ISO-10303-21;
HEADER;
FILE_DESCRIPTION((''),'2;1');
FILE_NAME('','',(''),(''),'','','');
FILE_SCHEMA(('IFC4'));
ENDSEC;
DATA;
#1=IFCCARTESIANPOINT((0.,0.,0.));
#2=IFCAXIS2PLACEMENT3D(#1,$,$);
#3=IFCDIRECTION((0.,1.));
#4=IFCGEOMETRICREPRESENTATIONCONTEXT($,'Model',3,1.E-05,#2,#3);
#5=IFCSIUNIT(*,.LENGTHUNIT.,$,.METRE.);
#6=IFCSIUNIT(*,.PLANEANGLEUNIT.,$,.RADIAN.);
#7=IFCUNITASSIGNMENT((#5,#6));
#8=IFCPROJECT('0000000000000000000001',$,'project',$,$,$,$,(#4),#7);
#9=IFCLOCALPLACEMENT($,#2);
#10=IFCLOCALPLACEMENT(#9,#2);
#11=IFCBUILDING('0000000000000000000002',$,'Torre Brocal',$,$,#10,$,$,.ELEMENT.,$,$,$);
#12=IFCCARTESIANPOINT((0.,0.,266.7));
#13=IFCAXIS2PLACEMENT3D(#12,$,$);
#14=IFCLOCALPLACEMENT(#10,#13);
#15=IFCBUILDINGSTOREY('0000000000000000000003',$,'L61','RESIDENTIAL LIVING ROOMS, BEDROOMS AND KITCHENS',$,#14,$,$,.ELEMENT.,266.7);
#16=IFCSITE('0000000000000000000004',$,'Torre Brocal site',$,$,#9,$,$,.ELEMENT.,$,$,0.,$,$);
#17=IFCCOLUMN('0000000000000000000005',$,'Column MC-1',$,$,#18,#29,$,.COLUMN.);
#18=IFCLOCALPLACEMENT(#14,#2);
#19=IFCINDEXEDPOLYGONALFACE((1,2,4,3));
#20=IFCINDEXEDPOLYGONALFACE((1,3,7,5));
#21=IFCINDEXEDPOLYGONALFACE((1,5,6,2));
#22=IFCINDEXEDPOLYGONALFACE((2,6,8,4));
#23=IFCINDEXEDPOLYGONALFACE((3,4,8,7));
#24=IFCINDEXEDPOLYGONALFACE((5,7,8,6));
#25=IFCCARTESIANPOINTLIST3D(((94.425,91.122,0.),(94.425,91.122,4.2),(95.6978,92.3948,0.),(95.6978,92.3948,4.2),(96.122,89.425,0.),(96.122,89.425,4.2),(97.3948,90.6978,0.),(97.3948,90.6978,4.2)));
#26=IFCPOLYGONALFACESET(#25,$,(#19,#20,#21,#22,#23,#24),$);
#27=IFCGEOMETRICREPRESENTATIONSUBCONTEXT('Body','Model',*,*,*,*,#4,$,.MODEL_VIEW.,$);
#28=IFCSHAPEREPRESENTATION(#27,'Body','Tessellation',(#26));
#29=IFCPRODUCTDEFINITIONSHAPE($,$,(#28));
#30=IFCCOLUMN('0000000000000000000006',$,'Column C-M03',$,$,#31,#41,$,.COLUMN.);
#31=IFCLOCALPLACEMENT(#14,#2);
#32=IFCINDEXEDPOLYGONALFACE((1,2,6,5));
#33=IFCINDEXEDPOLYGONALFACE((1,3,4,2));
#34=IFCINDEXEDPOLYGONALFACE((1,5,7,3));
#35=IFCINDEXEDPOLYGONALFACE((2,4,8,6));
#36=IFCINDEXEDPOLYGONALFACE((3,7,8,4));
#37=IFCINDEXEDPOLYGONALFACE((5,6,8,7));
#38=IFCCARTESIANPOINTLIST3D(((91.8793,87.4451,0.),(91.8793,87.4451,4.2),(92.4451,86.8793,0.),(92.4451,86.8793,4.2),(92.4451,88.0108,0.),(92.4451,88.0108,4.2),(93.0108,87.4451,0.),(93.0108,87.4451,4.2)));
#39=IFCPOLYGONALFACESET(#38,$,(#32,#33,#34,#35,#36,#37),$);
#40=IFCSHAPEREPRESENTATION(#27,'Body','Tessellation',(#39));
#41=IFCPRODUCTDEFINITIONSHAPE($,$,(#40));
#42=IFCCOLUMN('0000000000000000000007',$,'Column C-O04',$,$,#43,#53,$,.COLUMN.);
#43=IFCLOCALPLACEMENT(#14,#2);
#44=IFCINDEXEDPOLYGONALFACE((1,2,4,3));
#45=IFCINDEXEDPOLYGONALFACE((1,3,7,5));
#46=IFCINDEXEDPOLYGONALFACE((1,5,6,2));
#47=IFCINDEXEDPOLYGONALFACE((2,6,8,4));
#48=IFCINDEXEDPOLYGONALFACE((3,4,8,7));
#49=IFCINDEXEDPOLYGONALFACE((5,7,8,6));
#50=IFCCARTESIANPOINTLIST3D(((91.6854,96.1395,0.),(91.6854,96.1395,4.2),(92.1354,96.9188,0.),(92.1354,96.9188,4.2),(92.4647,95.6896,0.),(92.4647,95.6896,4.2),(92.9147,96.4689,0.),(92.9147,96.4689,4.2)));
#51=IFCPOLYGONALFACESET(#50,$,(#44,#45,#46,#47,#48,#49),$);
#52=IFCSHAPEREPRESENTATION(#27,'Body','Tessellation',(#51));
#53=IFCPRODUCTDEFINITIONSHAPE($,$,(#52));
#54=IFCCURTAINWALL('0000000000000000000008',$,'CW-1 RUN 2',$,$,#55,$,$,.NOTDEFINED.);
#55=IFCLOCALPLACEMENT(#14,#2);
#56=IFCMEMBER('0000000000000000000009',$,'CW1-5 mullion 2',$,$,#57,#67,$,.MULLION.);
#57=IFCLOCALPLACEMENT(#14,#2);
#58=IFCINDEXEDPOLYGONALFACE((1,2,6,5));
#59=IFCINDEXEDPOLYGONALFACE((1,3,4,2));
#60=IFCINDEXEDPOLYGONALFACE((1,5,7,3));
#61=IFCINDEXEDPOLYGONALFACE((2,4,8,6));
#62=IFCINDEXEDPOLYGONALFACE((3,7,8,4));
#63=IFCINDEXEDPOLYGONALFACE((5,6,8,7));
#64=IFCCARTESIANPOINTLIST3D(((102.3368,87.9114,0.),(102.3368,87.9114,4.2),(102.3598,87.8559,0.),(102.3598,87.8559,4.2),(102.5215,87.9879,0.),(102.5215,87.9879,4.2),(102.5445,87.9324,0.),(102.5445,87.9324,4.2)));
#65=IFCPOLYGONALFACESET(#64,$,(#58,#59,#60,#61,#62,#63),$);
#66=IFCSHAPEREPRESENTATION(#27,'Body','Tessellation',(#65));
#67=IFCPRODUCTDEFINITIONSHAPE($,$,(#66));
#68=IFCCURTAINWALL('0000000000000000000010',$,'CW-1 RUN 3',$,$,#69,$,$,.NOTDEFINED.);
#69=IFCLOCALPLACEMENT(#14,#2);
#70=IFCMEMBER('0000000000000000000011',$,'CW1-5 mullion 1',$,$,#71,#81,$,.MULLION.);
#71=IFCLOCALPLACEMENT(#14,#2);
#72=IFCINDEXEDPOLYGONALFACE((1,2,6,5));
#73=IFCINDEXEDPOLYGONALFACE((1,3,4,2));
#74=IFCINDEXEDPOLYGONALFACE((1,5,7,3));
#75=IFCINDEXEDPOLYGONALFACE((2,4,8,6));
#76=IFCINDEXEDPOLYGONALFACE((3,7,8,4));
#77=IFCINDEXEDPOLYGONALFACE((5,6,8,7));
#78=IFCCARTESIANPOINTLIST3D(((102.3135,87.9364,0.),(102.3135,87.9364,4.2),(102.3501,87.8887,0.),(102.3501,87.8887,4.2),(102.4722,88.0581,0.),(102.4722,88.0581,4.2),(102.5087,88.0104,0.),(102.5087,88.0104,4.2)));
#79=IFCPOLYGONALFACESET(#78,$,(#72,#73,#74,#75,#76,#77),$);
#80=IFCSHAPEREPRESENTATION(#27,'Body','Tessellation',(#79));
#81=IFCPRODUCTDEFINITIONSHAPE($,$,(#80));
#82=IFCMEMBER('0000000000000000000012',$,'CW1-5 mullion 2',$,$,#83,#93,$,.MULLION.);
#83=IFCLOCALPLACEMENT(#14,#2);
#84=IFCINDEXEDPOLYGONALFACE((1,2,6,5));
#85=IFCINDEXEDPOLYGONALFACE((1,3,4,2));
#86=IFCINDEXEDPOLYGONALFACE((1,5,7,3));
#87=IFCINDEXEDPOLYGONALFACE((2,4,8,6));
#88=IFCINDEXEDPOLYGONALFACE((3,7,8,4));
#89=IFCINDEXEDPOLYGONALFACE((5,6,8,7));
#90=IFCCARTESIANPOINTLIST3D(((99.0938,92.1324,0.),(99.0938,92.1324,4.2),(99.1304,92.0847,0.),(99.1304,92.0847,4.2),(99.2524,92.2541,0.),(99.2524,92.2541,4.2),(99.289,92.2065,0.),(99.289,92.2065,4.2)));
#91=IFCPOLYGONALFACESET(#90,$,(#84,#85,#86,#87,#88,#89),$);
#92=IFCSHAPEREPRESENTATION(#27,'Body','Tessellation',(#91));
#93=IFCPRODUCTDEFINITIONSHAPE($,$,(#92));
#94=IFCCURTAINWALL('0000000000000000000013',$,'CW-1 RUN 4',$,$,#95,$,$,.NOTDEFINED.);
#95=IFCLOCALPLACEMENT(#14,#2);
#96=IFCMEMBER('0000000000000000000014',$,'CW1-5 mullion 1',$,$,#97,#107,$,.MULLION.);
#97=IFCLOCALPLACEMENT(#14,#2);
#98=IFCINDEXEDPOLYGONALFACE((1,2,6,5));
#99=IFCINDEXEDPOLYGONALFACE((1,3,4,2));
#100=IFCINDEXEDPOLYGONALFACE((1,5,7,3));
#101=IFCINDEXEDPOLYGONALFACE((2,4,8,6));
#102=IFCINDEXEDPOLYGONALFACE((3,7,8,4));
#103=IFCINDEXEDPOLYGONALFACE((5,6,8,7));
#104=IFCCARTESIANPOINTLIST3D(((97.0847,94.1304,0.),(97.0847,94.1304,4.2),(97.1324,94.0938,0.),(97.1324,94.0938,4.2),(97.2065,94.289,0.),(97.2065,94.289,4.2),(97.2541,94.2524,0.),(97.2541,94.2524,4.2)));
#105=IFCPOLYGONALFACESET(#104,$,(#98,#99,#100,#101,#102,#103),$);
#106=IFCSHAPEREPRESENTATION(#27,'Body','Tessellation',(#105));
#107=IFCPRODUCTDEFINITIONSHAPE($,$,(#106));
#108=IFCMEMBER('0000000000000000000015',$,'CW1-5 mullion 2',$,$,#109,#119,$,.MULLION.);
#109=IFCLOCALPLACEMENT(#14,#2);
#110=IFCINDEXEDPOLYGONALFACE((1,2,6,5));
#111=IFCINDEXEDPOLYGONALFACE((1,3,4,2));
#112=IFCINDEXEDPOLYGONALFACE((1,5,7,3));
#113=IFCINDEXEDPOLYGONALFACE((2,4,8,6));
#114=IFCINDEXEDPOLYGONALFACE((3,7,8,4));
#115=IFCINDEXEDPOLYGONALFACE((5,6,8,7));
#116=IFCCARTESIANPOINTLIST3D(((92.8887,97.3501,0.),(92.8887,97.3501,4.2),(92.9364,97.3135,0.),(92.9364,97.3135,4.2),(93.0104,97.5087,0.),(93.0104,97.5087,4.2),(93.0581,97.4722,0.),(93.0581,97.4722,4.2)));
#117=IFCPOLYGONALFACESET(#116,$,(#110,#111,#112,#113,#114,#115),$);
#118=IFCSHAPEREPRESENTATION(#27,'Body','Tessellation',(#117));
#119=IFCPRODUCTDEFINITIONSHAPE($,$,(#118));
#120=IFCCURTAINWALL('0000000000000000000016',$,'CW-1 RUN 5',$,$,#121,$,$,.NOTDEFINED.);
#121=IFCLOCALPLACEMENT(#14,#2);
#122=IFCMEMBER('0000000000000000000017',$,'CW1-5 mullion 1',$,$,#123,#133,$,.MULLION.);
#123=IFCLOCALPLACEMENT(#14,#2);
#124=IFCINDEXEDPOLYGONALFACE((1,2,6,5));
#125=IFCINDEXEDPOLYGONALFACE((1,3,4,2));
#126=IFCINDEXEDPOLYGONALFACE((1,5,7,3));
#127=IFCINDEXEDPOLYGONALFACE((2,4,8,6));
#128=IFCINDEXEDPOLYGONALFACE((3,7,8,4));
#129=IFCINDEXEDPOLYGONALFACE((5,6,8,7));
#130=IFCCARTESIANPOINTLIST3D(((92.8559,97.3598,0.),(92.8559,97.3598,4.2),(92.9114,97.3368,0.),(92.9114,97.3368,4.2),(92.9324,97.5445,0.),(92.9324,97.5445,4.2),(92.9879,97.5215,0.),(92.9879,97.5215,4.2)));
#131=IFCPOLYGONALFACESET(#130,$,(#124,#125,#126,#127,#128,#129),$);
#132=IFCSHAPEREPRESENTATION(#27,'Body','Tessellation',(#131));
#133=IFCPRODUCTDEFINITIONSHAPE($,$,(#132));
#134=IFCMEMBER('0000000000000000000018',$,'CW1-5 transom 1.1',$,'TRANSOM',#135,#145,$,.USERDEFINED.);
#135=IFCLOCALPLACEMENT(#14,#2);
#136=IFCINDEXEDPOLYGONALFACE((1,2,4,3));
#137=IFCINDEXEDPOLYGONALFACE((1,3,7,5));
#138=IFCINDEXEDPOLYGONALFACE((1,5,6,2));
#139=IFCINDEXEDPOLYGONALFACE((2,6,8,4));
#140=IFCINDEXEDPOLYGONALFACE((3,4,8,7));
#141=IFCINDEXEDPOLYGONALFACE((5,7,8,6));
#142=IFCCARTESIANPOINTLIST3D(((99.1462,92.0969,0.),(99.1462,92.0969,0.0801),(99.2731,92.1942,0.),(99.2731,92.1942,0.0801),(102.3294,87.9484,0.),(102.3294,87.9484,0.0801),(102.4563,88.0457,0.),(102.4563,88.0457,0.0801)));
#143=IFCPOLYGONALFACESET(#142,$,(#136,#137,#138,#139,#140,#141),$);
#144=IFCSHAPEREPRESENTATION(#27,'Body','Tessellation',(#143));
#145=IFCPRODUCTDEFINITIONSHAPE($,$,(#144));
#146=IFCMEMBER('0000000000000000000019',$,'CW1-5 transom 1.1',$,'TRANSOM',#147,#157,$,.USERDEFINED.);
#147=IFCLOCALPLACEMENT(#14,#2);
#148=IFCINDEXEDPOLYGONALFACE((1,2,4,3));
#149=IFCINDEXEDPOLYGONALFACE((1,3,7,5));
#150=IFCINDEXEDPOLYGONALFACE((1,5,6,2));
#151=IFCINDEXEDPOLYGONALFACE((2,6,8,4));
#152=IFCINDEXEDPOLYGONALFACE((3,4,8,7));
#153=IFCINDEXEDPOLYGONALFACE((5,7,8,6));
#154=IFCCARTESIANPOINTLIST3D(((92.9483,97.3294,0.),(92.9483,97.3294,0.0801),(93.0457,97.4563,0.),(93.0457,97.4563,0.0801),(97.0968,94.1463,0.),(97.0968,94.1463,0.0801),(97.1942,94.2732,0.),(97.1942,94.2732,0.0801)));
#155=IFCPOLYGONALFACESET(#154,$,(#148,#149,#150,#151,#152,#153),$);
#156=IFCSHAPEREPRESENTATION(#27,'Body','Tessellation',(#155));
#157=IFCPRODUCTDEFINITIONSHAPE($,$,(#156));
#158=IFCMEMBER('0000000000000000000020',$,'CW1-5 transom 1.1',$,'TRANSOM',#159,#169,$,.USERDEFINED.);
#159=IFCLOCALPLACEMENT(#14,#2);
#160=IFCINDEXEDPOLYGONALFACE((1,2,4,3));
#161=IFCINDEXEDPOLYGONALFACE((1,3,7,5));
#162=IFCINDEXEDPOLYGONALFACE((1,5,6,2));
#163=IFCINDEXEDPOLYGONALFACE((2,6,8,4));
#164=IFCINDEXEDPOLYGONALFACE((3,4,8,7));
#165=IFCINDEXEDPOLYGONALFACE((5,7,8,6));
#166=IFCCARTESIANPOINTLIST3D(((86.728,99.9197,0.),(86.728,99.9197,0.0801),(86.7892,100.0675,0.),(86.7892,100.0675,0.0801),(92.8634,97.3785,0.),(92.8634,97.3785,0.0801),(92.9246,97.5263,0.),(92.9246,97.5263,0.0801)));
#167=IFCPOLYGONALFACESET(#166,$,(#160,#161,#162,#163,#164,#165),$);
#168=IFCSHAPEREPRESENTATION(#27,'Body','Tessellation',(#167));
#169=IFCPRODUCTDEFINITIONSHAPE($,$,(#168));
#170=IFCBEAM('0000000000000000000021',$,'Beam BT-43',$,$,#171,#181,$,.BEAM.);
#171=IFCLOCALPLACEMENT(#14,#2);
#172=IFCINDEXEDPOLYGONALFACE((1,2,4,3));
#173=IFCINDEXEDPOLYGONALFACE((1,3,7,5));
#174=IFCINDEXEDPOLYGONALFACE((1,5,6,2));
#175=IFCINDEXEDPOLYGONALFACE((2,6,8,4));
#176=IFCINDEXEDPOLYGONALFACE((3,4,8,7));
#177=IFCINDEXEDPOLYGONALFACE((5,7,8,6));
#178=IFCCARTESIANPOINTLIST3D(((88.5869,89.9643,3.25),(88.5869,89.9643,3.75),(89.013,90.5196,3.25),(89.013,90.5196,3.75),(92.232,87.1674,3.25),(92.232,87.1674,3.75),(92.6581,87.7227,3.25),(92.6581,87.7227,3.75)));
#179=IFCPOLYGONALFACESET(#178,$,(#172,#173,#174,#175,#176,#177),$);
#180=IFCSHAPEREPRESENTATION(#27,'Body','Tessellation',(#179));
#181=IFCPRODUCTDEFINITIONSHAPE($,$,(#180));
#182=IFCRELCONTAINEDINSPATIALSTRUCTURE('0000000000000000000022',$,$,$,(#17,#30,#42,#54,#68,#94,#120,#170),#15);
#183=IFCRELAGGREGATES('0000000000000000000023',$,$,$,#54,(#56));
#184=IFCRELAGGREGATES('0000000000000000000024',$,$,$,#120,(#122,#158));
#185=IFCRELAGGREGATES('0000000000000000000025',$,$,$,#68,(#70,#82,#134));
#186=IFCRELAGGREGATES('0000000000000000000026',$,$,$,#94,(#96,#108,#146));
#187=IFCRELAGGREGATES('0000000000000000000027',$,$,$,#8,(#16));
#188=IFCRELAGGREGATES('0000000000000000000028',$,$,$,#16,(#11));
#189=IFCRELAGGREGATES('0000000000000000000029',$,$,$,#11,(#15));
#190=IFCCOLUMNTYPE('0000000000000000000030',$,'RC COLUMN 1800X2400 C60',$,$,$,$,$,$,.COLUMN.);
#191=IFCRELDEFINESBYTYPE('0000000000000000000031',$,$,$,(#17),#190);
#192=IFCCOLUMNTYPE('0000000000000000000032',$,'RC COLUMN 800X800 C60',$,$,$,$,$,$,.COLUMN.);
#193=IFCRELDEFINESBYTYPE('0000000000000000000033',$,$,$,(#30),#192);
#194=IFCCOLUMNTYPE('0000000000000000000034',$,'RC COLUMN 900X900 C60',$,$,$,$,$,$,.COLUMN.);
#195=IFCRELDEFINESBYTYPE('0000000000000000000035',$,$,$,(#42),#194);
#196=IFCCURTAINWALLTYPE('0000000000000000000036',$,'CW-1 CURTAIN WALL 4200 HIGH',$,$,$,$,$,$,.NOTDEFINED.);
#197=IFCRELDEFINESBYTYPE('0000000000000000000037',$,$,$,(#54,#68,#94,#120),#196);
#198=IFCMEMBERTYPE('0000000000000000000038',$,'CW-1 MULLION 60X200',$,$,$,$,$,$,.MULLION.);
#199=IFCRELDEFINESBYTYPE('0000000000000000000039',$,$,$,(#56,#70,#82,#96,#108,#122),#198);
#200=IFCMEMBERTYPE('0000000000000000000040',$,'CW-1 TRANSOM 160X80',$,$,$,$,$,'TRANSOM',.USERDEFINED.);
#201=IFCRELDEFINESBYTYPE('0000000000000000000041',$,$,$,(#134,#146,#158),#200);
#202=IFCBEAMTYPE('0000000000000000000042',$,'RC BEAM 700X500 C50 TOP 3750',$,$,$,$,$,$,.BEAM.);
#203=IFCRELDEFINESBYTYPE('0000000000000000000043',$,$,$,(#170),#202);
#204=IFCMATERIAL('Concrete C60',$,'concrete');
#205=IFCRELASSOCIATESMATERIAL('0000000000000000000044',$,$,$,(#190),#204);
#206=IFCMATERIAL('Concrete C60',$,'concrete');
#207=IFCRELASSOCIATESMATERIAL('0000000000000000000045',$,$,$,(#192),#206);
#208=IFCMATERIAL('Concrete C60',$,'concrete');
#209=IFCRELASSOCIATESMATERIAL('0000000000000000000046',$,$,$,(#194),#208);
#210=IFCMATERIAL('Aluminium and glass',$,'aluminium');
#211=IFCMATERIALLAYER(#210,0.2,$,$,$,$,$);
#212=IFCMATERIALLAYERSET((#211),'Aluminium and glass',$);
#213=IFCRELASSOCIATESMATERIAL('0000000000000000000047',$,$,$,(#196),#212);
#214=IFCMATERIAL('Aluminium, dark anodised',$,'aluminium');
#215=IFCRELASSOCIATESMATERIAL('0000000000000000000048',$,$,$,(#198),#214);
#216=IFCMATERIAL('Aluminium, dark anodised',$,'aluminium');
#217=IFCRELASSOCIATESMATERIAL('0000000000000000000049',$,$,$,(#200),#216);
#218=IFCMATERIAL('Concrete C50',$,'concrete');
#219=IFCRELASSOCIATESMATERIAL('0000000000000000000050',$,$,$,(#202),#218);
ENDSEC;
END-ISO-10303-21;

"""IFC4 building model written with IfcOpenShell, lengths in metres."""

from ifc_helpers import new_model, si_unit, direction, frame, origin, origin_2d, place, context, subcontext, project, spatial, rectangle, extrude, material, layer, layer_set, material_profile, profile_set, type_object, element, aggregate, save


model = new_model("IFC4")

# Units and contexts
model_context = context("Model", 3, precision=1e-05, world=origin(), true_north=direction((0.0, 1.0)))
body_context = subcontext(model_context, "Body", "Model", "MODEL_VIEW")
ifc_project = project(units=[si_unit("LENGTHUNIT", "METRE"), si_unit("PLANEANGLEUNIT", "RADIAN")], contexts=[model_context])

# Site, building, storey
site_placement = place(None, origin())
site = spatial("IfcSite", under=ifc_project, at=site_placement, Name="Torre Brocal site", CompositionType="ELEMENT", RefElevation=0.0)
building_placement = place(site_placement, origin())
building = spatial("IfcBuilding", under=site, at=building_placement, Name="Torre Brocal", CompositionType="ELEMENT")
storey_placement = place(building_placement, frame((0.0, 0.0, 266.7)))
storey = spatial("IfcBuildingStorey", under=building, at=storey_placement, Name="L61", Description="RESIDENTIAL LIVING ROOMS, BEDROOMS AND KITCHENS", CompositionType="ELEMENT", Elevation=266.7)

# Columns
ifc_material_1 = material(Name="Concrete C60", Category="concrete")
ifc_material_profile_1 = material_profile(ifc_material_1, rectangle(XDim=1.8, YDim=2.3999, at=origin_2d()), Name="RC 1800X2400")
ifc_profile_set_1 = profile_set([ifc_material_profile_1], Name="Concrete C60")
column_type_1 = type_object("IfcColumnType", Name="RC COLUMN 1800X2400 C60", PredefinedType="COLUMN", material=ifc_profile_set_1)
column_1_placement = place(storey_placement, frame((95.9099, 90.9099, 0.0), z_axis=(0.0, 0.0, 1.0), x_axis=(0.707107, 0.707107, 0.0)))
element("IfcColumn", 1, at=column_1_placement, inside=storey, type_object=column_type_1, Name="Column MC-1", PredefinedType="COLUMN", context=body_context, shape_type="SweptSolid", body=[
    extrude(rectangle(XDim=1.8, YDim=2.3999, at=origin_2d()), origin(), (0.0, 0.0, 1.0), 4.2),
])
ifc_material_2 = material(Name="Concrete C60", Category="concrete")
ifc_material_profile_2 = material_profile(ifc_material_2, rectangle(XDim=0.8, YDim=0.8, at=origin_2d()), Name="RC 800X800")
ifc_profile_set_2 = profile_set([ifc_material_profile_2], Name="Concrete C60")
column_type_2 = type_object("IfcColumnType", Name="RC COLUMN 800X800 C60", PredefinedType="COLUMN", material=ifc_profile_set_2)
column_2_placement = place(storey_placement, frame((92.4451, 87.4451, 0.0), z_axis=(0.0, 0.0, 1.0), x_axis=(0.707107, 0.707107, 0.0)))
element("IfcColumn", 2, at=column_2_placement, inside=storey, type_object=column_type_2, Name="Column C-M03", PredefinedType="COLUMN", context=body_context, shape_type="SweptSolid", body=[
    extrude(rectangle(XDim=0.8, YDim=0.8, at=origin_2d()), origin(), (0.0, 0.0, 1.0), 4.2),
])
ifc_material_3 = material(Name="Concrete C60", Category="concrete")
ifc_material_profile_3 = material_profile(ifc_material_3, rectangle(XDim=0.8999, YDim=0.8999, at=origin_2d()), Name="RC 900X900")
ifc_profile_set_3 = profile_set([ifc_material_profile_3], Name="Concrete C60")
column_type_3 = type_object("IfcColumnType", Name="RC COLUMN 900X900 C60", PredefinedType="COLUMN", material=ifc_profile_set_3)
column_3_placement = place(storey_placement, frame((92.3, 96.3042, 0.0), z_axis=(0.0, 0.0, 1.0), x_axis=(0.5, 0.866025, 0.0)))
element("IfcColumn", 3, at=column_3_placement, inside=storey, type_object=column_type_3, Name="Column C-O04", PredefinedType="COLUMN", context=body_context, shape_type="SweptSolid", body=[
    extrude(rectangle(XDim=0.8999, YDim=0.8999, at=origin_2d()), origin(), (0.0, 0.0, 1.0), 4.2),
])

# Curtain wall, member
ifc_material_4 = material(Name="Aluminium and glass", Category="aluminium")
ifc_layer_1 = layer(ifc_material_4, 0.2)
ifc_layer_set_1 = layer_set([ifc_layer_1], Name="Aluminium and glass")
curtain_wall_type = type_object("IfcCurtainWallType", Name="CW-1 CURTAIN WALL 4200 HIGH", PredefinedType="NOTDEFINED", material=ifc_layer_set_1)
curtain_wall_1_placement = place(storey_placement, origin())
curtain_wall_1 = element("IfcCurtainWall", 4, at=curtain_wall_1_placement, inside=storey, type_object=curtain_wall_type, Name="CW-1 RUN 2", PredefinedType="NOTDEFINED")
ifc_material_5 = material(Name="Aluminium, dark anodised", Category="aluminium")
ifc_material_profile_4 = material_profile(ifc_material_5, rectangle(XDim=0.2, YDim=0.0601, at=origin_2d()), Name="CW-1 MULLION 60X200")
ifc_profile_set_4 = profile_set([ifc_material_profile_4], Name="Aluminium, dark anodised")
member_type_1 = type_object("IfcMemberType", Name="CW-1 MULLION 60X200", PredefinedType="MULLION", material=ifc_profile_set_4)
member_1_placement = place(storey_placement, frame((102.4407, 87.9219, 0.0), z_axis=(0.0, 0.0, 1.0), x_axis=(-0.92388, -0.382683, 0.0)))
member_1 = element("IfcMember", 5, at=member_1_placement, type_object=member_type_1, Name="CW1-5 mullion 2", PredefinedType="MULLION", context=body_context, shape_type="SweptSolid", body=[
    extrude(rectangle(XDim=0.2, YDim=0.0601, at=origin_2d()), origin(), (0.0, 0.0, 1.0), 4.2),
])
aggregate(curtain_wall_1, [member_1])

# Curtain walls, members
curtain_wall_2_placement = place(storey_placement, origin())
curtain_wall_2 = element("IfcCurtainWall", 6, at=curtain_wall_2_placement, inside=storey, type_object=curtain_wall_type, Name="CW-1 RUN 3", PredefinedType="NOTDEFINED")
member_2_placement = place(storey_placement, frame((102.4111, 87.9734, 0.0), z_axis=(0.0, 0.0, 1.0), x_axis=(-0.793353, -0.608761, 0.0)))
member_2 = element("IfcMember", 7, at=member_2_placement, type_object=member_type_1, Name="CW1-5 mullion 1", PredefinedType="MULLION", context=body_context, shape_type="SweptSolid", body=[
    extrude(rectangle(XDim=0.2, YDim=0.0601, at=origin_2d()), origin(), (0.0, 0.0, 1.0), 4.2),
])
member_3_placement = place(storey_placement, frame((99.1914, 92.1694, 0.0), z_axis=(0.0, 0.0, 1.0), x_axis=(-0.793353, -0.608761, 0.0)))
member_3 = element("IfcMember", 8, at=member_3_placement, type_object=member_type_1, Name="CW1-5 mullion 2", PredefinedType="MULLION", context=body_context, shape_type="SweptSolid", body=[
    extrude(rectangle(XDim=0.2, YDim=0.0601, at=origin_2d()), origin(), (0.0, 0.0, 1.0), 4.2),
])
curtain_wall_3_placement = place(storey_placement, origin())
curtain_wall_3 = element("IfcCurtainWall", 9, at=curtain_wall_3_placement, inside=storey, type_object=curtain_wall_type, Name="CW-1 RUN 4", PredefinedType="NOTDEFINED")
member_4_placement = place(storey_placement, frame((97.1694, 94.1914, 0.0), z_axis=(0.0, 0.0, 1.0), x_axis=(-0.608761, -0.793353, 0.0)))
member_4 = element("IfcMember", 10, at=member_4_placement, type_object=member_type_1, Name="CW1-5 mullion 1", PredefinedType="MULLION", context=body_context, shape_type="SweptSolid", body=[
    extrude(rectangle(XDim=0.2, YDim=0.0601, at=origin_2d()), origin(), (0.0, 0.0, 1.0), 4.2),
])
member_5_placement = place(storey_placement, frame((92.9734, 97.4111, 0.0), z_axis=(0.0, 0.0, 1.0), x_axis=(-0.608761, -0.793353, 0.0)))
member_5 = element("IfcMember", 11, at=member_5_placement, type_object=member_type_1, Name="CW1-5 mullion 2", PredefinedType="MULLION", context=body_context, shape_type="SweptSolid", body=[
    extrude(rectangle(XDim=0.2, YDim=0.0601, at=origin_2d()), origin(), (0.0, 0.0, 1.0), 4.2),
])

# Curtain wall, member
curtain_wall_4_placement = place(storey_placement, origin())
curtain_wall_4 = element("IfcCurtainWall", 12, at=curtain_wall_4_placement, inside=storey, type_object=curtain_wall_type, Name="CW-1 RUN 5", PredefinedType="NOTDEFINED")
member_6_placement = place(storey_placement, frame((92.9219, 97.4407, 0.0), z_axis=(0.0, 0.0, 1.0), x_axis=(-0.382683, -0.92388, 0.0)))
member_6 = element("IfcMember", 13, at=member_6_placement, type_object=member_type_1, Name="CW1-5 mullion 1", PredefinedType="MULLION", context=body_context, shape_type="SweptSolid", body=[
    extrude(rectangle(XDim=0.2, YDim=0.0601, at=origin_2d()), origin(), (0.0, 0.0, 1.0), 4.2),
])

# Members
ifc_material_6 = material(Name="Aluminium, dark anodised", Category="aluminium")
ifc_material_profile_5 = material_profile(ifc_material_6, rectangle(XDim=0.1599, YDim=0.0801, at=origin_2d()), Name="CW-1 TRANSOM 160X80")
ifc_profile_set_5 = profile_set([ifc_material_profile_5], Name="Aluminium, dark anodised")
member_type_2 = type_object("IfcMemberType", Name="CW-1 TRANSOM 160X80", ElementType="TRANSOM", PredefinedType="USERDEFINED", material=ifc_profile_set_5)
member_7_placement = place(storey_placement, frame((102.3928, 87.9971, 0.04), z_axis=(-0.608749, 0.793363, 0.0), x_axis=(-0.793363, -0.608749, 0.0)))
member_7 = element("IfcMember", 14, at=member_7_placement, type_object=member_type_2, Name="CW1-5 transom 1.1", ObjectType="TRANSOM", PredefinedType="USERDEFINED", context=body_context, shape_type="SweptSolid", body=[
    extrude(rectangle(XDim=0.1599, YDim=0.0801, at=origin_2d()), origin(), (0.0, 0.0, 1.0), 5.229),
])
member_8_placement = place(storey_placement, frame((97.1455, 94.2097, 0.04), z_axis=(-0.793363, 0.608749, 0.0), x_axis=(-0.608749, -0.793363, 0.0)))
member_8 = element("IfcMember", 15, at=member_8_placement, type_object=member_type_2, Name="CW1-5 transom 1.1", ObjectType="TRANSOM", PredefinedType="USERDEFINED", context=body_context, shape_type="SweptSolid", body=[
    extrude(rectangle(XDim=0.1599, YDim=0.0801, at=origin_2d()), origin(), (0.0, 0.0, 1.0), 5.229),
])
member_9_placement = place(storey_placement, frame((92.894, 97.4524, 0.04), z_axis=(-0.923887, 0.382665, 0.0), x_axis=(-0.382665, -0.923887, 0.0)))
member_9 = element("IfcMember", 16, at=member_9_placement, type_object=member_type_2, Name="CW1-5 transom 1.1", ObjectType="TRANSOM", PredefinedType="USERDEFINED", context=body_context, shape_type="SweptSolid", body=[
    extrude(rectangle(XDim=0.1599, YDim=0.0801, at=origin_2d()), origin(), (0.0, 0.0, 1.0), 6.6409),
])
aggregate(curtain_wall_4, [member_6, member_9])

# Beam
ifc_material_7 = material(Name="Concrete C50", Category="concrete")
ifc_material_profile_6 = material_profile(ifc_material_7, rectangle(XDim=0.7, YDim=0.5, at=origin_2d()), Name="RC 700X500")
ifc_profile_set_6 = profile_set([ifc_material_profile_6], Name="Concrete C50")
beam_type_1 = type_object("IfcBeamType", Name="RC BEAM 700X500 C50 TOP 3750", PredefinedType="BEAM", material=ifc_profile_set_6)
beam_1_placement = place(storey_placement, frame((92.4451, 87.4451, 3.5), z_axis=(-0.793358, 0.608755, 0.0), x_axis=(-0.608755, -0.793358, 0.0)))
element("IfcBeam", 17, at=beam_1_placement, inside=storey, type_object=beam_type_1, Name="Beam BT-43", PredefinedType="BEAM", context=body_context, shape_type="SweptSolid", body=[
    extrude(rectangle(XDim=0.7, YDim=0.5, at=origin_2d()), origin(), (0.0, 0.0, 1.0), 4.5945),
])

aggregate(curtain_wall_2, [member_2, member_3, member_7])
aggregate(curtain_wall_3, [member_4, member_5, member_8])

save(model, "model.ifc")
